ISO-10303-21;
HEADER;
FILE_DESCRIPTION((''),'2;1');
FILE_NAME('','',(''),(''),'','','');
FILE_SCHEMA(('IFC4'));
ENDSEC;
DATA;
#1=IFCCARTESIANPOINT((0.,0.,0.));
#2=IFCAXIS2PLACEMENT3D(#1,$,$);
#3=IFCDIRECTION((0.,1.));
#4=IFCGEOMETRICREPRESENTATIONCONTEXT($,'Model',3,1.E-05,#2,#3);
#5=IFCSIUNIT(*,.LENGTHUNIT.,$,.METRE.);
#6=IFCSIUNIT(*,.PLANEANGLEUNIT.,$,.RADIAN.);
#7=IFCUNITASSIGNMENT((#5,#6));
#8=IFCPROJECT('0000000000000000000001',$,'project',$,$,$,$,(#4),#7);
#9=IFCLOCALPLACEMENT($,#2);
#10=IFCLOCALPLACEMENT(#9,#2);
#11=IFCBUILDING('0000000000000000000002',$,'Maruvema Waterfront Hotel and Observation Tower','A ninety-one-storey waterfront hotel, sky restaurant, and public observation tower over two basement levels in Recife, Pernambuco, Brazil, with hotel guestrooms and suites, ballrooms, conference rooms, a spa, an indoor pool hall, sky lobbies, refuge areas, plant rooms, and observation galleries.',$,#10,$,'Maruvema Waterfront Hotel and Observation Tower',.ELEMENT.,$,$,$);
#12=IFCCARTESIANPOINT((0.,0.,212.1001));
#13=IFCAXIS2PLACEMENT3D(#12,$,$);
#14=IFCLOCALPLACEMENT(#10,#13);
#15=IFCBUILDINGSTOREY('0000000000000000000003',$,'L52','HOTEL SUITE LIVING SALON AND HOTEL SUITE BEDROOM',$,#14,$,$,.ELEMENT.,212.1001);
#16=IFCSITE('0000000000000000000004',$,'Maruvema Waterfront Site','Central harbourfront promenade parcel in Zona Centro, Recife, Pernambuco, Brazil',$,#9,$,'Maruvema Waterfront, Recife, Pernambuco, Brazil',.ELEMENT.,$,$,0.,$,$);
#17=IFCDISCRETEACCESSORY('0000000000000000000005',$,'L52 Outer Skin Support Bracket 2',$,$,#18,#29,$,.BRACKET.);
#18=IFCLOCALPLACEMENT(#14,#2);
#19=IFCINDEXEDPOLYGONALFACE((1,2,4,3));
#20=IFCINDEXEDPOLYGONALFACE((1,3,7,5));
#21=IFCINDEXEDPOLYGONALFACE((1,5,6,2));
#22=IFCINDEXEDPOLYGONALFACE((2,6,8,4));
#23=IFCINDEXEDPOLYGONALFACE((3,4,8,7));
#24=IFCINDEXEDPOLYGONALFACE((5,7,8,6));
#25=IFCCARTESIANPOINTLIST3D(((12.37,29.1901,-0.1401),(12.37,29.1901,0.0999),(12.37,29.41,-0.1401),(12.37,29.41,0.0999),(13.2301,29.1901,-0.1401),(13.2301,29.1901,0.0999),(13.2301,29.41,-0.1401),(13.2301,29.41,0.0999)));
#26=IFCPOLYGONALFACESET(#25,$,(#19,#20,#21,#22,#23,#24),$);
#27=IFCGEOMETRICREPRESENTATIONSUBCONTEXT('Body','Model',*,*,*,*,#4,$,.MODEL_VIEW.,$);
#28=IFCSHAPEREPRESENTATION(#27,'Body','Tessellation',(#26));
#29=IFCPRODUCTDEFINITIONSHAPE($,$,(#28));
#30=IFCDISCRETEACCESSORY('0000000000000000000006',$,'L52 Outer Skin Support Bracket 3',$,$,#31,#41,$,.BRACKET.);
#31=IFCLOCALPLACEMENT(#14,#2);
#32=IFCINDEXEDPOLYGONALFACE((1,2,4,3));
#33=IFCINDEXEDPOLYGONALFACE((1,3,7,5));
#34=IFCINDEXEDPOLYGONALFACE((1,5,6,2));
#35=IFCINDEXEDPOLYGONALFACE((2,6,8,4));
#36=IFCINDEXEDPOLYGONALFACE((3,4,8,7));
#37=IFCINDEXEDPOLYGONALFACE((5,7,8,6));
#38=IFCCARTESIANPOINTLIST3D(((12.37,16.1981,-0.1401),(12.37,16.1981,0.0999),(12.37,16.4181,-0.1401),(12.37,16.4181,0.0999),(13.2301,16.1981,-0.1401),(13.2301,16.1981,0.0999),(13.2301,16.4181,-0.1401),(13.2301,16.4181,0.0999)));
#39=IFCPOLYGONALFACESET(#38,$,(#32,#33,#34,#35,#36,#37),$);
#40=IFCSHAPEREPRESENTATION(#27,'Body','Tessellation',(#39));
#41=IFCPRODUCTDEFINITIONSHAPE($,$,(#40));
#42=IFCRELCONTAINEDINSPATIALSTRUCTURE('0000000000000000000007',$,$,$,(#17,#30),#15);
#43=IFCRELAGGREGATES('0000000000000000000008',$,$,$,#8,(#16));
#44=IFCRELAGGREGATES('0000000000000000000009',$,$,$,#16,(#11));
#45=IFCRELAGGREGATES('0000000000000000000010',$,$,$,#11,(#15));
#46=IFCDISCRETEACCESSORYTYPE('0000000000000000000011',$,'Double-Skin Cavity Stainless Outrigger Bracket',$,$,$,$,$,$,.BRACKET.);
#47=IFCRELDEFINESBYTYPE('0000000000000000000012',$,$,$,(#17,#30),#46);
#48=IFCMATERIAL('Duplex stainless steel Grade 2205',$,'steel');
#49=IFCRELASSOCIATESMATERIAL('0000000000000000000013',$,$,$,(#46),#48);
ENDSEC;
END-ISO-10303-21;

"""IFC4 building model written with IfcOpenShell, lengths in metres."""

from ifc_helpers import new_model, si_unit, direction, frame, origin, origin_2d, place, context, subcontext, project, spatial, rectangle, extrude, material, type_object, element, save


model = new_model("IFC4")

# Units and contexts
model_context = context("Model", 3, precision=1e-05, world=origin(), true_north=direction((0.0, 1.0)))
body_context = subcontext(model_context, "Body", "Model", "MODEL_VIEW")
ifc_project = project(units=[si_unit("LENGTHUNIT", "METRE"), si_unit("PLANEANGLEUNIT", "RADIAN")], contexts=[model_context])

# Site, building, storey
site_placement = place(None, origin())
site = spatial("IfcSite", under=ifc_project, at=site_placement, Name="Maruvema Waterfront Site", Description="Central harbourfront promenade parcel in Zona Centro, Recife, Pernambuco, Brazil", LongName="Maruvema Waterfront, Recife, Pernambuco, Brazil", CompositionType="ELEMENT", RefElevation=0.0)
building_placement = place(site_placement, origin())
building = spatial("IfcBuilding", under=site, at=building_placement, Name="Maruvema Waterfront Hotel and Observation Tower", Description="A ninety-one-storey waterfront hotel, sky restaurant, and public observation tower over two basement levels in Recife, Pernambuco, Brazil, with hotel guestrooms and suites, ballrooms, conference rooms, a spa, an indoor pool hall, sky lobbies, refuge areas, plant rooms, and observation galleries.", LongName="Maruvema Waterfront Hotel and Observation Tower", CompositionType="ELEMENT")
storey_placement = place(building_placement, frame((0.0, 0.0, 212.1001)))
storey = spatial("IfcBuildingStorey", under=building, at=storey_placement, Name="L52", Description="HOTEL SUITE LIVING SALON AND HOTEL SUITE BEDROOM", CompositionType="ELEMENT", Elevation=212.1001)

# Discrete accessories
ifc_material_1 = material(Name="Duplex stainless steel Grade 2205", Category="steel")
discrete_accessory_type = type_object("IfcDiscreteAccessoryType", Name="Double-Skin Cavity Stainless Outrigger Bracket", PredefinedType="BRACKET", material=ifc_material_1)
for number, where, z_axis, x_axis, name in (
    (1, (12.8, 29.3, -0.1401), (0.0, 0.0, 1.0), (0.0, -1.0, 0.0), "L52 Outer Skin Support Bracket 2"),
    (2, (12.8, 16.3081, -0.1401), (0.0, 0.0, 1.0), (0.0, -1.0, 0.0), "L52 Outer Skin Support Bracket 3"),
):
    element("IfcDiscreteAccessory", number, at=place(storey_placement, frame(where, z_axis=z_axis, x_axis=x_axis)), inside=storey, type_object=discrete_accessory_type, Name=name, PredefinedType="BRACKET", context=body_context, shape_type="SweptSolid", body=[
        extrude(rectangle(XDim=0.22, YDim=0.8601, at=origin_2d()), origin(), (0.0, 0.0, 1.0), 0.24),
    ])

save(model, "model.ifc")
